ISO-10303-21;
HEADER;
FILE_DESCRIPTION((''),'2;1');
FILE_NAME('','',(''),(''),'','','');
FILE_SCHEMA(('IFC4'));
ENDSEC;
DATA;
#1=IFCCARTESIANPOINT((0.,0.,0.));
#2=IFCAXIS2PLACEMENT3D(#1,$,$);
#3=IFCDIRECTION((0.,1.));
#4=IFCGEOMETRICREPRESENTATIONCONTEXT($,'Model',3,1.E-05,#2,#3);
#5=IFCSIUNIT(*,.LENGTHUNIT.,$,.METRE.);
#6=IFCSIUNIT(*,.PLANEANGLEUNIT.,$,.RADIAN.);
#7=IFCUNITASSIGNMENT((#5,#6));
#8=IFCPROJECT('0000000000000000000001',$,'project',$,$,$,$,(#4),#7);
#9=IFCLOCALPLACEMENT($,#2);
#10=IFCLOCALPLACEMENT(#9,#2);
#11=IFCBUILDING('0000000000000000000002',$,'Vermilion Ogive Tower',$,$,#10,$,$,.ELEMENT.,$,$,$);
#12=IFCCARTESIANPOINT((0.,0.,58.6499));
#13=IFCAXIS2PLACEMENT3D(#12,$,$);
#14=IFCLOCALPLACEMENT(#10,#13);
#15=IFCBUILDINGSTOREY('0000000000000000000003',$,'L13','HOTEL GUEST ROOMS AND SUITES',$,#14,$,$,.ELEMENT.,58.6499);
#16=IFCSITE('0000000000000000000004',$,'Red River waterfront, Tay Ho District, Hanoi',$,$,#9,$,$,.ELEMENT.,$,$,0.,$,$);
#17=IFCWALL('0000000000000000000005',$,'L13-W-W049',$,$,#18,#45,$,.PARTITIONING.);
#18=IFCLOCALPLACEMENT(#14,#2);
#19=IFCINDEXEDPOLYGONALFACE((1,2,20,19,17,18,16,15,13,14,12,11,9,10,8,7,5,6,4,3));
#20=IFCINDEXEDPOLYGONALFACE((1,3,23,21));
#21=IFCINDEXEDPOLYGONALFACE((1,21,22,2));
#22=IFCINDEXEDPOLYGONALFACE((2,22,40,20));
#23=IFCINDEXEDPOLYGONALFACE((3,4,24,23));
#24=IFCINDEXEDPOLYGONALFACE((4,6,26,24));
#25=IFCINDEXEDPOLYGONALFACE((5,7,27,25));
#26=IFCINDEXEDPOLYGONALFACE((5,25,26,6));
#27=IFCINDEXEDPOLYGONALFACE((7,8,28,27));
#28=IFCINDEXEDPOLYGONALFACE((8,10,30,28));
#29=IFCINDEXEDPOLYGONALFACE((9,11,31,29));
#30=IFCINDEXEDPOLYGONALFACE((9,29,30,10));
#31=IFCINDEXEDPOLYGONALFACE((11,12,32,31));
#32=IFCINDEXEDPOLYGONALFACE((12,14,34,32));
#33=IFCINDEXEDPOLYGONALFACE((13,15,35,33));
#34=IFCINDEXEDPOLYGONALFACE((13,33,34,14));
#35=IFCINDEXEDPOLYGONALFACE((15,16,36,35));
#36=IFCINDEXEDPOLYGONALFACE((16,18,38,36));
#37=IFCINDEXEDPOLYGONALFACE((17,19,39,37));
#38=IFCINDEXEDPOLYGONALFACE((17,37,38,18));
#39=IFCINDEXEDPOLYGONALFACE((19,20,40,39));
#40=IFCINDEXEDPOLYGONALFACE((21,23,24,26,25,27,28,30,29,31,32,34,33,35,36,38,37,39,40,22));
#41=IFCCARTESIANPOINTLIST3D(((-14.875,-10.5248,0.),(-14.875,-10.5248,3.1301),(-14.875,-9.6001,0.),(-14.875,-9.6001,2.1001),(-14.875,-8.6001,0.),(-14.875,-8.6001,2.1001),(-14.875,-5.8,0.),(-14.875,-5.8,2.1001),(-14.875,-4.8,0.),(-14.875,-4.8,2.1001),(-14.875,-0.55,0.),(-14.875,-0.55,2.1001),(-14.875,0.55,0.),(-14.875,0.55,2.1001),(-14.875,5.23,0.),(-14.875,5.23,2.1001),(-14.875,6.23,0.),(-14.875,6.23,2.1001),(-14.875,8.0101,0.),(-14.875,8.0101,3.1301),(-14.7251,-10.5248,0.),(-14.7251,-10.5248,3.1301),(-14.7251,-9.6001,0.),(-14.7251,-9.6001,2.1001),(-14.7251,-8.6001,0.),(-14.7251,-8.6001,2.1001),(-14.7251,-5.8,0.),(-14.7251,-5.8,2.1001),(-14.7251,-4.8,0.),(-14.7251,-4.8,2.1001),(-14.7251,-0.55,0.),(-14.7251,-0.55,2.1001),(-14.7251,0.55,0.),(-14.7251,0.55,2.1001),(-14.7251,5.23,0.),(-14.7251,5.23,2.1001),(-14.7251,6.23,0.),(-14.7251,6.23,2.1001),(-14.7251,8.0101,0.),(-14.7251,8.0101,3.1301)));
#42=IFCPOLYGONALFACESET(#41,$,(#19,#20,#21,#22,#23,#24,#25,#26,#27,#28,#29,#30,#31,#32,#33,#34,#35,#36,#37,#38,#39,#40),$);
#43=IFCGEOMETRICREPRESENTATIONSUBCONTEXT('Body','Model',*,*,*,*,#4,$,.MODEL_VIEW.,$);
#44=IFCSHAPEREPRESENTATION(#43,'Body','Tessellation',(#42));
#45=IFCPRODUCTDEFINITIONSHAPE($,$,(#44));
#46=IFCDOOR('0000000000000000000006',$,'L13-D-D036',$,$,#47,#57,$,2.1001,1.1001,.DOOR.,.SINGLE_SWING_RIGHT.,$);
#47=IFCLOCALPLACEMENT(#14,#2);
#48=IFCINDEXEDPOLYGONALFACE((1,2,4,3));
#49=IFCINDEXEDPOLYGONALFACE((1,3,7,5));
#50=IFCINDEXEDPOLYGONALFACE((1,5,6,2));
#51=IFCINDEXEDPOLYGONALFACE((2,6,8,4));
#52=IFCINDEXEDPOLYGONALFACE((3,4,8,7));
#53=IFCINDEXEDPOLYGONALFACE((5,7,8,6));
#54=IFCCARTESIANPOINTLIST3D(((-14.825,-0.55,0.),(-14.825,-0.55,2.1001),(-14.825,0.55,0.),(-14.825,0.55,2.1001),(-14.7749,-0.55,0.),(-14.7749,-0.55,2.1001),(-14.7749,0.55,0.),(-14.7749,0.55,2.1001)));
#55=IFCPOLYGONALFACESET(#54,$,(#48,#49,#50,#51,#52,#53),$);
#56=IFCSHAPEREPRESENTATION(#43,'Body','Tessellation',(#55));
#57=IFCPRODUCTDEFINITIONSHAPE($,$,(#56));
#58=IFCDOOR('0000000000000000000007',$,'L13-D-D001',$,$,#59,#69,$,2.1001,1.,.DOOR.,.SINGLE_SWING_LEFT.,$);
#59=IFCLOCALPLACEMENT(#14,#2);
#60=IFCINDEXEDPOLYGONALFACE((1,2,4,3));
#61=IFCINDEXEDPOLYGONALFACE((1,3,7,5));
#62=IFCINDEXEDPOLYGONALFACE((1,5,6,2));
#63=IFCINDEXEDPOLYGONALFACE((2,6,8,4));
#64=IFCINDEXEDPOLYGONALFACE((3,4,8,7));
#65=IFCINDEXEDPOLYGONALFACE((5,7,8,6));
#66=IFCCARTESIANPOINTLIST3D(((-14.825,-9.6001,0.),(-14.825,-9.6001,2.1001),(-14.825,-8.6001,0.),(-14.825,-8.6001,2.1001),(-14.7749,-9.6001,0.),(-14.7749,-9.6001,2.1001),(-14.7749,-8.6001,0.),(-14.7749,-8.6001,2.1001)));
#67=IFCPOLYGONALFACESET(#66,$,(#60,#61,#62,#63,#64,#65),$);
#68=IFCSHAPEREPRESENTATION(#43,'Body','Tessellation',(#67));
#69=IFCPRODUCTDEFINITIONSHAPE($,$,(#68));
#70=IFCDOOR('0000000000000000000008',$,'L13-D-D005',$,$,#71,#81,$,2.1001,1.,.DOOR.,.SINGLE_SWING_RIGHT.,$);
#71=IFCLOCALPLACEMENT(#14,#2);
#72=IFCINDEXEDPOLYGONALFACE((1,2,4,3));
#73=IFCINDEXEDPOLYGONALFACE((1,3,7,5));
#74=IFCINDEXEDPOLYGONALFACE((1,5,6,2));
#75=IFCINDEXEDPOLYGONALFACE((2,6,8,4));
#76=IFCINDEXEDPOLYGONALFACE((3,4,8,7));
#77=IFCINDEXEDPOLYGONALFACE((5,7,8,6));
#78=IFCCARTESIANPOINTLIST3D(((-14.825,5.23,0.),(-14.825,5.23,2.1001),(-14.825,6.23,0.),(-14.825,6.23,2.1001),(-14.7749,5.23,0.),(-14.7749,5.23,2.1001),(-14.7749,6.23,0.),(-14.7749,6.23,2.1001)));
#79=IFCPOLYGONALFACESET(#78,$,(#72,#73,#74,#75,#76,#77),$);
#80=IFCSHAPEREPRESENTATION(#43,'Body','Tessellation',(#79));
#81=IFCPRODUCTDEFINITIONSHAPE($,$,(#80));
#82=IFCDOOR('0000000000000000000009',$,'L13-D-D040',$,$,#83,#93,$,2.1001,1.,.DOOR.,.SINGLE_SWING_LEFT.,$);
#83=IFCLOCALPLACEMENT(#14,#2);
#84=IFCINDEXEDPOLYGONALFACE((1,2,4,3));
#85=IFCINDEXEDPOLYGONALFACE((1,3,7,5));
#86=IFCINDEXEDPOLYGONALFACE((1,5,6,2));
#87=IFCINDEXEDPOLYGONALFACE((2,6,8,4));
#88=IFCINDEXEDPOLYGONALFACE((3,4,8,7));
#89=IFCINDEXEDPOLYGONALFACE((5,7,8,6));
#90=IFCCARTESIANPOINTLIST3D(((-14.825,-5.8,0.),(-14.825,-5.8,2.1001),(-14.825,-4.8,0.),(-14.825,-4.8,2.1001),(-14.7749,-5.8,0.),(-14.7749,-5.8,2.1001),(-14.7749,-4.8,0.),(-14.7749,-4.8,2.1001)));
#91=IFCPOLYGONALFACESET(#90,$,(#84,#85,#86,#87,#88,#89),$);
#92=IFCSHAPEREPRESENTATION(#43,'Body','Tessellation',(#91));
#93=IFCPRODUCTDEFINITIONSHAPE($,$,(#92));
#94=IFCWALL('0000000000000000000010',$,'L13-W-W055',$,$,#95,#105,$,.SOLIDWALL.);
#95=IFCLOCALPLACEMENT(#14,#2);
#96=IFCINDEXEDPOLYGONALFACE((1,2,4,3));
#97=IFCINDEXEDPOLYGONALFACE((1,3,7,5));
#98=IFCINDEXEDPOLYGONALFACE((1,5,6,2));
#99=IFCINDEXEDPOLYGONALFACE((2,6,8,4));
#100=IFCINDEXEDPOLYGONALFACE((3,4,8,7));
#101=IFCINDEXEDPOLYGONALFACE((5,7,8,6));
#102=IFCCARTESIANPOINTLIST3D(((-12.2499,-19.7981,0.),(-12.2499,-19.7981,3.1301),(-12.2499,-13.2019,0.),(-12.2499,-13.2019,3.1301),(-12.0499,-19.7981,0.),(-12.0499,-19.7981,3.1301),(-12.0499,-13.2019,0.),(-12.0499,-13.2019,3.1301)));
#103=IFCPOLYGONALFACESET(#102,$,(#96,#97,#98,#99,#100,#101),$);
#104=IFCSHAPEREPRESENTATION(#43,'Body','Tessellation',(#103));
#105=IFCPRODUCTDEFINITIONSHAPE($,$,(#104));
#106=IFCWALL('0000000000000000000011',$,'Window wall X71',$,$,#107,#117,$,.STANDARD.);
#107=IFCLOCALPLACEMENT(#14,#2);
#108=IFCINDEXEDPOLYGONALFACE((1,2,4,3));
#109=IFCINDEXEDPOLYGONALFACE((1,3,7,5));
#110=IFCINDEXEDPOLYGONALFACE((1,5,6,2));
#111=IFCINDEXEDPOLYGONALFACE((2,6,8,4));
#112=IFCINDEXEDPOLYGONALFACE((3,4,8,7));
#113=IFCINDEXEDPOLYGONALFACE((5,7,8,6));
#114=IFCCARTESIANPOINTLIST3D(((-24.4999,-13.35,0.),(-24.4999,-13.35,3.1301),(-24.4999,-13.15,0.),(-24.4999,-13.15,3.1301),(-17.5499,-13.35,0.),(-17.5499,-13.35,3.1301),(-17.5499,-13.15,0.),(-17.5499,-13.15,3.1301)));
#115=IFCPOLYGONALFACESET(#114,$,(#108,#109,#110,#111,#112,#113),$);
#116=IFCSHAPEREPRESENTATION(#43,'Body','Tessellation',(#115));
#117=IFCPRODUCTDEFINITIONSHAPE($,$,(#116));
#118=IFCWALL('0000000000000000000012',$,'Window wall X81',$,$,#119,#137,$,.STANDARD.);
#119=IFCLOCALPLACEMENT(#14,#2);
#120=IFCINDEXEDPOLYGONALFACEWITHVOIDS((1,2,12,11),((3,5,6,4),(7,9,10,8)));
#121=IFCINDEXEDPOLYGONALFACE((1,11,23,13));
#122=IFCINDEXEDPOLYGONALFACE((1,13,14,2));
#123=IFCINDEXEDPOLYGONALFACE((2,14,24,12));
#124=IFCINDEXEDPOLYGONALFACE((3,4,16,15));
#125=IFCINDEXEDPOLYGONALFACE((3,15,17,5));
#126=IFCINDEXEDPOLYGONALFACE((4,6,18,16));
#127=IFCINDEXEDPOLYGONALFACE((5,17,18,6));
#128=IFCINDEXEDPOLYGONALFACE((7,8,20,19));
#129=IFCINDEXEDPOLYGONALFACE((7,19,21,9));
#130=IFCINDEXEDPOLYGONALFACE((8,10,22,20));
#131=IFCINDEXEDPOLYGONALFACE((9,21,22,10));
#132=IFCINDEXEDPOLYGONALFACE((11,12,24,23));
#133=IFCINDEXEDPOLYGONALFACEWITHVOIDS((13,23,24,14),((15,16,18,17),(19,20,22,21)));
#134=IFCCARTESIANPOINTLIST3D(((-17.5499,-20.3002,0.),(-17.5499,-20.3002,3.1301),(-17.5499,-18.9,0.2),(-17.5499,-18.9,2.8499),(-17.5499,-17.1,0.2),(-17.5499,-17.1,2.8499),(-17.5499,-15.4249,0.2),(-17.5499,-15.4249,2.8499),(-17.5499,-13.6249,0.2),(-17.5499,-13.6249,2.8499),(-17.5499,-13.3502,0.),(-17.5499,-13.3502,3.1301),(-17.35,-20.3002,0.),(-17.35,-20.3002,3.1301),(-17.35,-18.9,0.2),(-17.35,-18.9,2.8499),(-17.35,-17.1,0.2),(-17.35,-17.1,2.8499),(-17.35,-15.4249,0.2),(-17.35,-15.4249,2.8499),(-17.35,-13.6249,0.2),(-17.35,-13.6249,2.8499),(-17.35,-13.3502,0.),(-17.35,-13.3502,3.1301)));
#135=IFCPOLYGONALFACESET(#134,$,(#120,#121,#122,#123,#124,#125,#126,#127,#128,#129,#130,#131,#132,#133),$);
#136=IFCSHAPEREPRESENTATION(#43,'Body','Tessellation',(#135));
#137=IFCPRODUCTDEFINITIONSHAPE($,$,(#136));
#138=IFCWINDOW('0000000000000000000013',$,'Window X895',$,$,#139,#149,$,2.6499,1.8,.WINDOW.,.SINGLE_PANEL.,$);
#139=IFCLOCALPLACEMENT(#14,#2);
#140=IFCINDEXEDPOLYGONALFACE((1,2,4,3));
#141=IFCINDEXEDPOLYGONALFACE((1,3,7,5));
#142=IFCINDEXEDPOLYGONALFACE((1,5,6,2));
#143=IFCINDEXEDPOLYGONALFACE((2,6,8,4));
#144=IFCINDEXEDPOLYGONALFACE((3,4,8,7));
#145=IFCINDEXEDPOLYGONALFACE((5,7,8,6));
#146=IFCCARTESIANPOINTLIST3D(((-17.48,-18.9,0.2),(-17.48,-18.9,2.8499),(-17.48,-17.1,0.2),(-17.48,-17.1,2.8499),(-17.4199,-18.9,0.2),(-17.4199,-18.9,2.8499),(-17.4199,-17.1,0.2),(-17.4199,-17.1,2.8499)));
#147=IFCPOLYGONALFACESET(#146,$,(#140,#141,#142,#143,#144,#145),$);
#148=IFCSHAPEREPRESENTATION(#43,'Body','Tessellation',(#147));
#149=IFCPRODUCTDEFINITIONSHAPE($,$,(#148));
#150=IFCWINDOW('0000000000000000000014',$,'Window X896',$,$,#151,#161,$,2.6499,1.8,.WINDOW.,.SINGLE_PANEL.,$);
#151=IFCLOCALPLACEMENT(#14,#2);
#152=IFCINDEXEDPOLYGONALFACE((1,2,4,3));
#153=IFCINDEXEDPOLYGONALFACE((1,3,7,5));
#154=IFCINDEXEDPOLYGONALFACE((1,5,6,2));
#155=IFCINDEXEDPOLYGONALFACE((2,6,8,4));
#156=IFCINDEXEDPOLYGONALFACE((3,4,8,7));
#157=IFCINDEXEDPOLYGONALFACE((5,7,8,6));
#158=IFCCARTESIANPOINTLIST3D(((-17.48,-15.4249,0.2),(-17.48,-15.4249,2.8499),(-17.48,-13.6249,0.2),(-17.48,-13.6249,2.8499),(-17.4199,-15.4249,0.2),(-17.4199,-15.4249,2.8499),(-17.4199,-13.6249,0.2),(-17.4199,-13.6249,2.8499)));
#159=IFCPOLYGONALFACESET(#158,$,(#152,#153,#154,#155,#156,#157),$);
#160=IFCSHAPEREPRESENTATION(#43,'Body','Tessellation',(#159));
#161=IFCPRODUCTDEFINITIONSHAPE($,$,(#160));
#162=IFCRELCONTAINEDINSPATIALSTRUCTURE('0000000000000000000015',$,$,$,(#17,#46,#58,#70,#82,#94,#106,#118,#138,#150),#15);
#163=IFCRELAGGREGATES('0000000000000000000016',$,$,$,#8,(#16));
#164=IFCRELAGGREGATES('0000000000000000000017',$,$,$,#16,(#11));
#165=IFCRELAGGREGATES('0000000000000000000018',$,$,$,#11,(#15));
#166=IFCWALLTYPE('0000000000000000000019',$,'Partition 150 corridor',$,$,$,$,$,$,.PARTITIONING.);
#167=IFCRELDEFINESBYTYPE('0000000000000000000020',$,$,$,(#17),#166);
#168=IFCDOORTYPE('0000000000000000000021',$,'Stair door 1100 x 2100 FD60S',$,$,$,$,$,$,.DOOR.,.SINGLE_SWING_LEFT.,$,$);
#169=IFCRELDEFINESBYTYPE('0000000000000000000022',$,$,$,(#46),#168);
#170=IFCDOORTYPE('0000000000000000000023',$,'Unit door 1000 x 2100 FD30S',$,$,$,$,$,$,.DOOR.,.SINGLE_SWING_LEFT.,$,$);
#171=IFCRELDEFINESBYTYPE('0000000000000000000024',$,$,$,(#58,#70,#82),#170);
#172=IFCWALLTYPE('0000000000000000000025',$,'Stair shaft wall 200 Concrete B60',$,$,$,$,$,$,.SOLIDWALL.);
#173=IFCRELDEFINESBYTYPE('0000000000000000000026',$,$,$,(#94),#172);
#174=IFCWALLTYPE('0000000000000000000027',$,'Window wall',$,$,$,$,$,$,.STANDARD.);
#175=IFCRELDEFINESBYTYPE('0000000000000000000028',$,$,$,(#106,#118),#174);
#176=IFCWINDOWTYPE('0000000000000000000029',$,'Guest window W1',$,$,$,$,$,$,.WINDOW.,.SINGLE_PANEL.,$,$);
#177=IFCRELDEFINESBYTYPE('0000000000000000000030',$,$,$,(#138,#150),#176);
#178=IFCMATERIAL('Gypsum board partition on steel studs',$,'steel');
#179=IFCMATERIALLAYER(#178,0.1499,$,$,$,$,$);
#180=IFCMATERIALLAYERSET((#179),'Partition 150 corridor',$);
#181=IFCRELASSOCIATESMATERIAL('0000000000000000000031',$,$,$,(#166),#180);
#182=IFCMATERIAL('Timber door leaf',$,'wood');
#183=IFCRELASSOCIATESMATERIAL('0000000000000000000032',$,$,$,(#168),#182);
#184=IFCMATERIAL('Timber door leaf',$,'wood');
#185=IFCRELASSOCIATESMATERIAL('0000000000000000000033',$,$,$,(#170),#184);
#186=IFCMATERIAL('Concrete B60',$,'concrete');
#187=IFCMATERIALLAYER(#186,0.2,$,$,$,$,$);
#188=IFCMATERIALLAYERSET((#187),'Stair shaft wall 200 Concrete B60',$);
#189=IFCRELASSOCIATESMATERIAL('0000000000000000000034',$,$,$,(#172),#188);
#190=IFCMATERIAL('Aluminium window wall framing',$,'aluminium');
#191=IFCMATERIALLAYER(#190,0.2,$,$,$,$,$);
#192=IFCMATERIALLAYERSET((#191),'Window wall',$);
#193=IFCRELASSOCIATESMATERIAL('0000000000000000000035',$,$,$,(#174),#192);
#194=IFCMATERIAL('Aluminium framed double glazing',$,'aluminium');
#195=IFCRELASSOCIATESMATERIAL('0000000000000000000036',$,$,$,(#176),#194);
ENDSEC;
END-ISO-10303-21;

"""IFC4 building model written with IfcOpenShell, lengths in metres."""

from ifc_helpers import new_model, si_unit, direction, frame, frame_2d, origin, place, context, subcontext, project, spatial, rectangle, extrude, material, layer, layer_set, type_object, element, fill, save


model = new_model("IFC4")

# Units and contexts
model_context = context("Model", 3, precision=1e-05, world=origin(), true_north=direction((0.0, 1.0)))
body_context = subcontext(model_context, "Body", "Model", "MODEL_VIEW")
ifc_project = project(units=[si_unit("LENGTHUNIT", "METRE"), si_unit("PLANEANGLEUNIT", "RADIAN")], contexts=[model_context])

# Site, building, storey
site_placement = place(None, origin())
site = spatial("IfcSite", under=ifc_project, at=site_placement, Name="Red River waterfront, Tay Ho District, Hanoi", CompositionType="ELEMENT", RefElevation=0.0)
building_placement = place(site_placement, origin())
building = spatial("IfcBuilding", under=site, at=building_placement, Name="Vermilion Ogive Tower", CompositionType="ELEMENT")
storey_placement = place(building_placement, frame((0.0, 0.0, 58.6499)))
storey = spatial("IfcBuildingStorey", under=building, at=storey_placement, Name="L13", Description="HOTEL GUEST ROOMS AND SUITES", CompositionType="ELEMENT", Elevation=58.6499)

# Wall, openings, doors
ifc_material_1 = material(Name="Gypsum board partition on steel studs", Category="steel")
ifc_layer_1 = layer(ifc_material_1, 0.1499)
ifc_layer_set_1 = layer_set([ifc_layer_1], Name="Partition 150 corridor")
wall_type_1 = type_object("IfcWallType", Name="Partition 150 corridor", PredefinedType="PARTITIONING", material=ifc_layer_set_1)
ifc_material_2 = material(Name="Timber door leaf", Category="wood")
door_type_1 = type_object("IfcDoorType", Name="Stair door 1100 x 2100 FD60S", OperationType="SINGLE_SWING_LEFT", PredefinedType="DOOR", material=ifc_material_2)
ifc_material_3 = material(Name="Timber door leaf", Category="wood")
door_type_2 = type_object("IfcDoorType", Name="Unit door 1000 x 2100 FD30S", OperationType="SINGLE_SWING_LEFT", PredefinedType="DOOR", material=ifc_material_3)
wall_1_placement = place(storey_placement, frame((-14.8, -10.5249, 0.0), z_axis=(0.0, 0.0, 1.0), x_axis=(0.0, 1.0, 0.0)))
wall_1 = element("IfcWall", 1, at=wall_1_placement, inside=storey, type_object=wall_type_1, Name="L13-W-W049", PredefinedType="PARTITIONING", context=body_context, shape_type="SweptSolid", body=[
    extrude(rectangle(XDim=18.5349, YDim=0.1499, at=frame_2d((9.2676, 0.0))), origin(), (0.0, 0.0, 1.0), 3.1301),
])
opening_1_placement = place(wall_1_placement, frame((0.9248, 0.0, 0.0)))
opening_1 = element("IfcOpeningElement", 2, at=opening_1_placement, cuts=wall_1, PredefinedType="OPENING", context=body_context, shape_type="SweptSolid", body=[
    extrude(rectangle(XDim=1.0, YDim=2.1001, at=frame_2d((0.5, 1.05))), frame((0.0, 0.085, 0.0), z_axis=(0.0, -1.0, 0.0), x_axis=(1.0, 0.0, 0.0)), (0.0, 0.0, 1.0), 0.1699),
])
opening_2_placement = place(wall_1_placement, frame((15.7549, 0.0, 0.0)))
opening_2 = element("IfcOpeningElement", 3, at=opening_2_placement, cuts=wall_1, PredefinedType="OPENING", context=body_context, shape_type="SweptSolid", body=[
    extrude(rectangle(XDim=1.0, YDim=2.1001, at=frame_2d((0.5, 1.05))), frame((0.0, 0.085, 0.0), z_axis=(0.0, -1.0, 0.0), x_axis=(1.0, 0.0, 0.0)), (0.0, 0.0, 1.0), 0.1699),
])
opening_3_placement = place(wall_1_placement, frame((9.9749, 0.0, 0.0)))
opening_3 = element("IfcOpeningElement", 4, at=opening_3_placement, cuts=wall_1, PredefinedType="OPENING", context=body_context, shape_type="SweptSolid", body=[
    extrude(rectangle(XDim=1.1001, YDim=2.1001, at=frame_2d((0.55, 1.05))), frame((0.0, 0.085, 0.0), z_axis=(0.0, -1.0, 0.0), x_axis=(1.0, 0.0, 0.0)), (0.0, 0.0, 1.0), 0.1699),
])
opening_4_placement = place(wall_1_placement, frame((4.7249, 0.0, 0.0)))
opening_4 = element("IfcOpeningElement", 5, at=opening_4_placement, cuts=wall_1, PredefinedType="OPENING", context=body_context, shape_type="SweptSolid", body=[
    extrude(rectangle(XDim=1.0, YDim=2.1001, at=frame_2d((0.5, 1.05))), frame((0.0, 0.085, 0.0), z_axis=(0.0, -1.0, 0.0), x_axis=(1.0, 0.0, 0.0)), (0.0, 0.0, 1.0), 0.1699),
])
door_1_placement = place(opening_3_placement, origin())
door_1 = element("IfcDoor", 6, at=door_1_placement, inside=storey, type_object=door_type_1, Name="L13-D-D036", OperationType="SINGLE_SWING_RIGHT", OverallHeight=2.1001, OverallWidth=1.1001, PredefinedType="DOOR", context=body_context, shape_type="SweptSolid", body=[
    extrude(rectangle(XDim=1.1001, YDim=2.1001, at=frame_2d((0.55, 1.05))), frame((0.0, 0.0249, 0.0), z_axis=(0.0, -1.0, 0.0), x_axis=(1.0, 0.0, 0.0)), (0.0, 0.0, 1.0), 0.05),
])
fill(opening_3, door_1)
door_2_placement = place(opening_1_placement, origin())
door_2 = element("IfcDoor", 7, at=door_2_placement, inside=storey, type_object=door_type_2, Name="L13-D-D001", OperationType="SINGLE_SWING_LEFT", OverallHeight=2.1001, OverallWidth=1.0, PredefinedType="DOOR", context=body_context, shape_type="SweptSolid", body=[
    extrude(rectangle(XDim=1.0, YDim=2.1001, at=frame_2d((0.5, 1.05))), frame((0.0, 0.0249, 0.0), z_axis=(0.0, -1.0, 0.0), x_axis=(1.0, 0.0, 0.0)), (0.0, 0.0, 1.0), 0.05),
])
fill(opening_1, door_2)
door_3_placement = place(opening_2_placement, origin())
door_3 = element("IfcDoor", 8, at=door_3_placement, inside=storey, type_object=door_type_2, Name="L13-D-D005", OperationType="SINGLE_SWING_RIGHT", OverallHeight=2.1001, OverallWidth=1.0, PredefinedType="DOOR", context=body_context, shape_type="SweptSolid", body=[
    extrude(rectangle(XDim=1.0, YDim=2.1001, at=frame_2d((0.5, 1.05))), frame((0.0, 0.0249, 0.0), z_axis=(0.0, -1.0, 0.0), x_axis=(1.0, 0.0, 0.0)), (0.0, 0.0, 1.0), 0.05),
])
fill(opening_2, door_3)
door_4_placement = place(opening_4_placement, origin())
door_4 = element("IfcDoor", 9, at=door_4_placement, inside=storey, type_object=door_type_2, Name="L13-D-D040", OperationType="SINGLE_SWING_LEFT", OverallHeight=2.1001, OverallWidth=1.0, PredefinedType="DOOR", context=body_context, shape_type="SweptSolid", body=[
    extrude(rectangle(XDim=1.0, YDim=2.1001, at=frame_2d((0.5, 1.05))), frame((0.0, 0.0249, 0.0), z_axis=(0.0, -1.0, 0.0), x_axis=(1.0, 0.0, 0.0)), (0.0, 0.0, 1.0), 0.05),
])
fill(opening_4, door_4)

# Walls
ifc_material_4 = material(Name="Concrete B60", Category="concrete")
ifc_layer_2 = layer(ifc_material_4, 0.2)
ifc_layer_set_2 = layer_set([ifc_layer_2], Name="Stair shaft wall 200 Concrete B60")
wall_type_2 = type_object("IfcWallType", Name="Stair shaft wall 200 Concrete B60", PredefinedType="SOLIDWALL", material=ifc_layer_set_2)
wall_2_placement = place(storey_placement, frame((-12.1499, -19.7981, 0.0), z_axis=(0.0, 0.0, 1.0), x_axis=(0.0, 1.0, 0.0)))
element("IfcWall", 10, at=wall_2_placement, inside=storey, type_object=wall_type_2, Name="L13-W-W055", PredefinedType="SOLIDWALL", context=body_context, shape_type="SweptSolid", body=[
    extrude(rectangle(XDim=6.5962, YDim=0.2, at=frame_2d((3.2981, 0.0))), origin(), (0.0, 0.0, 1.0), 3.1301),
])
ifc_material_5 = material(Name="Aluminium window wall framing", Category="aluminium")
ifc_layer_3 = layer(ifc_material_5, 0.2)
ifc_layer_set_3 = layer_set([ifc_layer_3], Name="Window wall")
wall_type_3 = type_object("IfcWallType", Name="Window wall", PredefinedType="STANDARD", material=ifc_layer_set_3)
wall_3_placement = place(storey_placement, frame((-24.5, -13.25, 0.0), z_axis=(0.0, 0.0, 1.0), x_axis=(1.0, 0.0, 0.0)))
element("IfcWall", 11, at=wall_3_placement, inside=storey, type_object=wall_type_3, Name="Window wall X71", PredefinedType="STANDARD", context=body_context, shape_type="SweptSolid", body=[
    extrude(rectangle(XDim=6.95, YDim=0.2, at=frame_2d((3.4751, 0.0))), origin(), (0.0, 0.0, 1.0), 3.1301),
])

# Wall, openings, windows
wall_4_placement = place(storey_placement, frame((-17.45, -13.3501, 0.0), z_axis=(0.0, 0.0, 1.0), x_axis=(0.0, -1.0, 0.0)))
wall_4 = element("IfcWall", 12, at=wall_4_placement, inside=storey, type_object=wall_type_3, Name="Window wall X81", PredefinedType="STANDARD", context=body_context, shape_type="SweptSolid", body=[
    extrude(rectangle(XDim=6.95, YDim=0.2, at=frame_2d((3.4751, 0.0))), origin(), (0.0, 0.0, 1.0), 3.1301),
])
opening_5_placement = place(wall_4_placement, frame((3.75, 0.0, 0.2)))
opening_5 = element("IfcOpeningElement", 13, at=opening_5_placement, cuts=wall_4, PredefinedType="OPENING", context=body_context, shape_type="SweptSolid", body=[
    extrude(rectangle(XDim=1.8, YDim=2.6499, at=frame_2d((0.8999, 1.325))), frame((0.0, 0.1099, 0.0), z_axis=(0.0, -1.0, 0.0), x_axis=(1.0, 0.0, 0.0)), (0.0, 0.0, 1.0), 0.22),
])
opening_6_placement = place(wall_4_placement, frame((0.2749, 0.0, 0.2)))
opening_6 = element("IfcOpeningElement", 14, at=opening_6_placement, cuts=wall_4, PredefinedType="OPENING", context=body_context, shape_type="SweptSolid", body=[
    extrude(rectangle(XDim=1.8, YDim=2.6499, at=frame_2d((0.8999, 1.325))), frame((0.0, 0.1099, 0.0), z_axis=(0.0, -1.0, 0.0), x_axis=(1.0, 0.0, 0.0)), (0.0, 0.0, 1.0), 0.22),
])
ifc_material_6 = material(Name="Aluminium framed double glazing", Category="aluminium")
window_type = type_object("IfcWindowType", Name="Guest window W1", PartitioningType="SINGLE_PANEL", PredefinedType="WINDOW", material=ifc_material_6)
window_1_placement = place(opening_5_placement, origin())
window_1 = element("IfcWindow", 15, at=window_1_placement, inside=storey, type_object=window_type, Name="Window X895", OverallHeight=2.6499, OverallWidth=1.8, PartitioningType="SINGLE_PANEL", PredefinedType="WINDOW", context=body_context, shape_type="SweptSolid", body=[
    extrude(rectangle(XDim=1.8, YDim=2.6499, at=frame_2d((0.8999, 1.325))), frame((0.0, 0.03, 0.0), z_axis=(0.0, -1.0, 0.0), x_axis=(1.0, 0.0, 0.0)), (0.0, 0.0, 1.0), 0.0601),
])
fill(opening_5, window_1)
window_2_placement = place(opening_6_placement, origin())
window_2 = element("IfcWindow", 16, at=window_2_placement, inside=storey, type_object=window_type, Name="Window X896", OverallHeight=2.6499, OverallWidth=1.8, PartitioningType="SINGLE_PANEL", PredefinedType="WINDOW", context=body_context, shape_type="SweptSolid", body=[
    extrude(rectangle(XDim=1.8, YDim=2.6499, at=frame_2d((0.8999, 1.325))), frame((0.0, 0.03, 0.0), z_axis=(0.0, -1.0, 0.0), x_axis=(1.0, 0.0, 0.0)), (0.0, 0.0, 1.0), 0.0601),
])
fill(opening_6, window_2)

save(model, "model.ifc")
